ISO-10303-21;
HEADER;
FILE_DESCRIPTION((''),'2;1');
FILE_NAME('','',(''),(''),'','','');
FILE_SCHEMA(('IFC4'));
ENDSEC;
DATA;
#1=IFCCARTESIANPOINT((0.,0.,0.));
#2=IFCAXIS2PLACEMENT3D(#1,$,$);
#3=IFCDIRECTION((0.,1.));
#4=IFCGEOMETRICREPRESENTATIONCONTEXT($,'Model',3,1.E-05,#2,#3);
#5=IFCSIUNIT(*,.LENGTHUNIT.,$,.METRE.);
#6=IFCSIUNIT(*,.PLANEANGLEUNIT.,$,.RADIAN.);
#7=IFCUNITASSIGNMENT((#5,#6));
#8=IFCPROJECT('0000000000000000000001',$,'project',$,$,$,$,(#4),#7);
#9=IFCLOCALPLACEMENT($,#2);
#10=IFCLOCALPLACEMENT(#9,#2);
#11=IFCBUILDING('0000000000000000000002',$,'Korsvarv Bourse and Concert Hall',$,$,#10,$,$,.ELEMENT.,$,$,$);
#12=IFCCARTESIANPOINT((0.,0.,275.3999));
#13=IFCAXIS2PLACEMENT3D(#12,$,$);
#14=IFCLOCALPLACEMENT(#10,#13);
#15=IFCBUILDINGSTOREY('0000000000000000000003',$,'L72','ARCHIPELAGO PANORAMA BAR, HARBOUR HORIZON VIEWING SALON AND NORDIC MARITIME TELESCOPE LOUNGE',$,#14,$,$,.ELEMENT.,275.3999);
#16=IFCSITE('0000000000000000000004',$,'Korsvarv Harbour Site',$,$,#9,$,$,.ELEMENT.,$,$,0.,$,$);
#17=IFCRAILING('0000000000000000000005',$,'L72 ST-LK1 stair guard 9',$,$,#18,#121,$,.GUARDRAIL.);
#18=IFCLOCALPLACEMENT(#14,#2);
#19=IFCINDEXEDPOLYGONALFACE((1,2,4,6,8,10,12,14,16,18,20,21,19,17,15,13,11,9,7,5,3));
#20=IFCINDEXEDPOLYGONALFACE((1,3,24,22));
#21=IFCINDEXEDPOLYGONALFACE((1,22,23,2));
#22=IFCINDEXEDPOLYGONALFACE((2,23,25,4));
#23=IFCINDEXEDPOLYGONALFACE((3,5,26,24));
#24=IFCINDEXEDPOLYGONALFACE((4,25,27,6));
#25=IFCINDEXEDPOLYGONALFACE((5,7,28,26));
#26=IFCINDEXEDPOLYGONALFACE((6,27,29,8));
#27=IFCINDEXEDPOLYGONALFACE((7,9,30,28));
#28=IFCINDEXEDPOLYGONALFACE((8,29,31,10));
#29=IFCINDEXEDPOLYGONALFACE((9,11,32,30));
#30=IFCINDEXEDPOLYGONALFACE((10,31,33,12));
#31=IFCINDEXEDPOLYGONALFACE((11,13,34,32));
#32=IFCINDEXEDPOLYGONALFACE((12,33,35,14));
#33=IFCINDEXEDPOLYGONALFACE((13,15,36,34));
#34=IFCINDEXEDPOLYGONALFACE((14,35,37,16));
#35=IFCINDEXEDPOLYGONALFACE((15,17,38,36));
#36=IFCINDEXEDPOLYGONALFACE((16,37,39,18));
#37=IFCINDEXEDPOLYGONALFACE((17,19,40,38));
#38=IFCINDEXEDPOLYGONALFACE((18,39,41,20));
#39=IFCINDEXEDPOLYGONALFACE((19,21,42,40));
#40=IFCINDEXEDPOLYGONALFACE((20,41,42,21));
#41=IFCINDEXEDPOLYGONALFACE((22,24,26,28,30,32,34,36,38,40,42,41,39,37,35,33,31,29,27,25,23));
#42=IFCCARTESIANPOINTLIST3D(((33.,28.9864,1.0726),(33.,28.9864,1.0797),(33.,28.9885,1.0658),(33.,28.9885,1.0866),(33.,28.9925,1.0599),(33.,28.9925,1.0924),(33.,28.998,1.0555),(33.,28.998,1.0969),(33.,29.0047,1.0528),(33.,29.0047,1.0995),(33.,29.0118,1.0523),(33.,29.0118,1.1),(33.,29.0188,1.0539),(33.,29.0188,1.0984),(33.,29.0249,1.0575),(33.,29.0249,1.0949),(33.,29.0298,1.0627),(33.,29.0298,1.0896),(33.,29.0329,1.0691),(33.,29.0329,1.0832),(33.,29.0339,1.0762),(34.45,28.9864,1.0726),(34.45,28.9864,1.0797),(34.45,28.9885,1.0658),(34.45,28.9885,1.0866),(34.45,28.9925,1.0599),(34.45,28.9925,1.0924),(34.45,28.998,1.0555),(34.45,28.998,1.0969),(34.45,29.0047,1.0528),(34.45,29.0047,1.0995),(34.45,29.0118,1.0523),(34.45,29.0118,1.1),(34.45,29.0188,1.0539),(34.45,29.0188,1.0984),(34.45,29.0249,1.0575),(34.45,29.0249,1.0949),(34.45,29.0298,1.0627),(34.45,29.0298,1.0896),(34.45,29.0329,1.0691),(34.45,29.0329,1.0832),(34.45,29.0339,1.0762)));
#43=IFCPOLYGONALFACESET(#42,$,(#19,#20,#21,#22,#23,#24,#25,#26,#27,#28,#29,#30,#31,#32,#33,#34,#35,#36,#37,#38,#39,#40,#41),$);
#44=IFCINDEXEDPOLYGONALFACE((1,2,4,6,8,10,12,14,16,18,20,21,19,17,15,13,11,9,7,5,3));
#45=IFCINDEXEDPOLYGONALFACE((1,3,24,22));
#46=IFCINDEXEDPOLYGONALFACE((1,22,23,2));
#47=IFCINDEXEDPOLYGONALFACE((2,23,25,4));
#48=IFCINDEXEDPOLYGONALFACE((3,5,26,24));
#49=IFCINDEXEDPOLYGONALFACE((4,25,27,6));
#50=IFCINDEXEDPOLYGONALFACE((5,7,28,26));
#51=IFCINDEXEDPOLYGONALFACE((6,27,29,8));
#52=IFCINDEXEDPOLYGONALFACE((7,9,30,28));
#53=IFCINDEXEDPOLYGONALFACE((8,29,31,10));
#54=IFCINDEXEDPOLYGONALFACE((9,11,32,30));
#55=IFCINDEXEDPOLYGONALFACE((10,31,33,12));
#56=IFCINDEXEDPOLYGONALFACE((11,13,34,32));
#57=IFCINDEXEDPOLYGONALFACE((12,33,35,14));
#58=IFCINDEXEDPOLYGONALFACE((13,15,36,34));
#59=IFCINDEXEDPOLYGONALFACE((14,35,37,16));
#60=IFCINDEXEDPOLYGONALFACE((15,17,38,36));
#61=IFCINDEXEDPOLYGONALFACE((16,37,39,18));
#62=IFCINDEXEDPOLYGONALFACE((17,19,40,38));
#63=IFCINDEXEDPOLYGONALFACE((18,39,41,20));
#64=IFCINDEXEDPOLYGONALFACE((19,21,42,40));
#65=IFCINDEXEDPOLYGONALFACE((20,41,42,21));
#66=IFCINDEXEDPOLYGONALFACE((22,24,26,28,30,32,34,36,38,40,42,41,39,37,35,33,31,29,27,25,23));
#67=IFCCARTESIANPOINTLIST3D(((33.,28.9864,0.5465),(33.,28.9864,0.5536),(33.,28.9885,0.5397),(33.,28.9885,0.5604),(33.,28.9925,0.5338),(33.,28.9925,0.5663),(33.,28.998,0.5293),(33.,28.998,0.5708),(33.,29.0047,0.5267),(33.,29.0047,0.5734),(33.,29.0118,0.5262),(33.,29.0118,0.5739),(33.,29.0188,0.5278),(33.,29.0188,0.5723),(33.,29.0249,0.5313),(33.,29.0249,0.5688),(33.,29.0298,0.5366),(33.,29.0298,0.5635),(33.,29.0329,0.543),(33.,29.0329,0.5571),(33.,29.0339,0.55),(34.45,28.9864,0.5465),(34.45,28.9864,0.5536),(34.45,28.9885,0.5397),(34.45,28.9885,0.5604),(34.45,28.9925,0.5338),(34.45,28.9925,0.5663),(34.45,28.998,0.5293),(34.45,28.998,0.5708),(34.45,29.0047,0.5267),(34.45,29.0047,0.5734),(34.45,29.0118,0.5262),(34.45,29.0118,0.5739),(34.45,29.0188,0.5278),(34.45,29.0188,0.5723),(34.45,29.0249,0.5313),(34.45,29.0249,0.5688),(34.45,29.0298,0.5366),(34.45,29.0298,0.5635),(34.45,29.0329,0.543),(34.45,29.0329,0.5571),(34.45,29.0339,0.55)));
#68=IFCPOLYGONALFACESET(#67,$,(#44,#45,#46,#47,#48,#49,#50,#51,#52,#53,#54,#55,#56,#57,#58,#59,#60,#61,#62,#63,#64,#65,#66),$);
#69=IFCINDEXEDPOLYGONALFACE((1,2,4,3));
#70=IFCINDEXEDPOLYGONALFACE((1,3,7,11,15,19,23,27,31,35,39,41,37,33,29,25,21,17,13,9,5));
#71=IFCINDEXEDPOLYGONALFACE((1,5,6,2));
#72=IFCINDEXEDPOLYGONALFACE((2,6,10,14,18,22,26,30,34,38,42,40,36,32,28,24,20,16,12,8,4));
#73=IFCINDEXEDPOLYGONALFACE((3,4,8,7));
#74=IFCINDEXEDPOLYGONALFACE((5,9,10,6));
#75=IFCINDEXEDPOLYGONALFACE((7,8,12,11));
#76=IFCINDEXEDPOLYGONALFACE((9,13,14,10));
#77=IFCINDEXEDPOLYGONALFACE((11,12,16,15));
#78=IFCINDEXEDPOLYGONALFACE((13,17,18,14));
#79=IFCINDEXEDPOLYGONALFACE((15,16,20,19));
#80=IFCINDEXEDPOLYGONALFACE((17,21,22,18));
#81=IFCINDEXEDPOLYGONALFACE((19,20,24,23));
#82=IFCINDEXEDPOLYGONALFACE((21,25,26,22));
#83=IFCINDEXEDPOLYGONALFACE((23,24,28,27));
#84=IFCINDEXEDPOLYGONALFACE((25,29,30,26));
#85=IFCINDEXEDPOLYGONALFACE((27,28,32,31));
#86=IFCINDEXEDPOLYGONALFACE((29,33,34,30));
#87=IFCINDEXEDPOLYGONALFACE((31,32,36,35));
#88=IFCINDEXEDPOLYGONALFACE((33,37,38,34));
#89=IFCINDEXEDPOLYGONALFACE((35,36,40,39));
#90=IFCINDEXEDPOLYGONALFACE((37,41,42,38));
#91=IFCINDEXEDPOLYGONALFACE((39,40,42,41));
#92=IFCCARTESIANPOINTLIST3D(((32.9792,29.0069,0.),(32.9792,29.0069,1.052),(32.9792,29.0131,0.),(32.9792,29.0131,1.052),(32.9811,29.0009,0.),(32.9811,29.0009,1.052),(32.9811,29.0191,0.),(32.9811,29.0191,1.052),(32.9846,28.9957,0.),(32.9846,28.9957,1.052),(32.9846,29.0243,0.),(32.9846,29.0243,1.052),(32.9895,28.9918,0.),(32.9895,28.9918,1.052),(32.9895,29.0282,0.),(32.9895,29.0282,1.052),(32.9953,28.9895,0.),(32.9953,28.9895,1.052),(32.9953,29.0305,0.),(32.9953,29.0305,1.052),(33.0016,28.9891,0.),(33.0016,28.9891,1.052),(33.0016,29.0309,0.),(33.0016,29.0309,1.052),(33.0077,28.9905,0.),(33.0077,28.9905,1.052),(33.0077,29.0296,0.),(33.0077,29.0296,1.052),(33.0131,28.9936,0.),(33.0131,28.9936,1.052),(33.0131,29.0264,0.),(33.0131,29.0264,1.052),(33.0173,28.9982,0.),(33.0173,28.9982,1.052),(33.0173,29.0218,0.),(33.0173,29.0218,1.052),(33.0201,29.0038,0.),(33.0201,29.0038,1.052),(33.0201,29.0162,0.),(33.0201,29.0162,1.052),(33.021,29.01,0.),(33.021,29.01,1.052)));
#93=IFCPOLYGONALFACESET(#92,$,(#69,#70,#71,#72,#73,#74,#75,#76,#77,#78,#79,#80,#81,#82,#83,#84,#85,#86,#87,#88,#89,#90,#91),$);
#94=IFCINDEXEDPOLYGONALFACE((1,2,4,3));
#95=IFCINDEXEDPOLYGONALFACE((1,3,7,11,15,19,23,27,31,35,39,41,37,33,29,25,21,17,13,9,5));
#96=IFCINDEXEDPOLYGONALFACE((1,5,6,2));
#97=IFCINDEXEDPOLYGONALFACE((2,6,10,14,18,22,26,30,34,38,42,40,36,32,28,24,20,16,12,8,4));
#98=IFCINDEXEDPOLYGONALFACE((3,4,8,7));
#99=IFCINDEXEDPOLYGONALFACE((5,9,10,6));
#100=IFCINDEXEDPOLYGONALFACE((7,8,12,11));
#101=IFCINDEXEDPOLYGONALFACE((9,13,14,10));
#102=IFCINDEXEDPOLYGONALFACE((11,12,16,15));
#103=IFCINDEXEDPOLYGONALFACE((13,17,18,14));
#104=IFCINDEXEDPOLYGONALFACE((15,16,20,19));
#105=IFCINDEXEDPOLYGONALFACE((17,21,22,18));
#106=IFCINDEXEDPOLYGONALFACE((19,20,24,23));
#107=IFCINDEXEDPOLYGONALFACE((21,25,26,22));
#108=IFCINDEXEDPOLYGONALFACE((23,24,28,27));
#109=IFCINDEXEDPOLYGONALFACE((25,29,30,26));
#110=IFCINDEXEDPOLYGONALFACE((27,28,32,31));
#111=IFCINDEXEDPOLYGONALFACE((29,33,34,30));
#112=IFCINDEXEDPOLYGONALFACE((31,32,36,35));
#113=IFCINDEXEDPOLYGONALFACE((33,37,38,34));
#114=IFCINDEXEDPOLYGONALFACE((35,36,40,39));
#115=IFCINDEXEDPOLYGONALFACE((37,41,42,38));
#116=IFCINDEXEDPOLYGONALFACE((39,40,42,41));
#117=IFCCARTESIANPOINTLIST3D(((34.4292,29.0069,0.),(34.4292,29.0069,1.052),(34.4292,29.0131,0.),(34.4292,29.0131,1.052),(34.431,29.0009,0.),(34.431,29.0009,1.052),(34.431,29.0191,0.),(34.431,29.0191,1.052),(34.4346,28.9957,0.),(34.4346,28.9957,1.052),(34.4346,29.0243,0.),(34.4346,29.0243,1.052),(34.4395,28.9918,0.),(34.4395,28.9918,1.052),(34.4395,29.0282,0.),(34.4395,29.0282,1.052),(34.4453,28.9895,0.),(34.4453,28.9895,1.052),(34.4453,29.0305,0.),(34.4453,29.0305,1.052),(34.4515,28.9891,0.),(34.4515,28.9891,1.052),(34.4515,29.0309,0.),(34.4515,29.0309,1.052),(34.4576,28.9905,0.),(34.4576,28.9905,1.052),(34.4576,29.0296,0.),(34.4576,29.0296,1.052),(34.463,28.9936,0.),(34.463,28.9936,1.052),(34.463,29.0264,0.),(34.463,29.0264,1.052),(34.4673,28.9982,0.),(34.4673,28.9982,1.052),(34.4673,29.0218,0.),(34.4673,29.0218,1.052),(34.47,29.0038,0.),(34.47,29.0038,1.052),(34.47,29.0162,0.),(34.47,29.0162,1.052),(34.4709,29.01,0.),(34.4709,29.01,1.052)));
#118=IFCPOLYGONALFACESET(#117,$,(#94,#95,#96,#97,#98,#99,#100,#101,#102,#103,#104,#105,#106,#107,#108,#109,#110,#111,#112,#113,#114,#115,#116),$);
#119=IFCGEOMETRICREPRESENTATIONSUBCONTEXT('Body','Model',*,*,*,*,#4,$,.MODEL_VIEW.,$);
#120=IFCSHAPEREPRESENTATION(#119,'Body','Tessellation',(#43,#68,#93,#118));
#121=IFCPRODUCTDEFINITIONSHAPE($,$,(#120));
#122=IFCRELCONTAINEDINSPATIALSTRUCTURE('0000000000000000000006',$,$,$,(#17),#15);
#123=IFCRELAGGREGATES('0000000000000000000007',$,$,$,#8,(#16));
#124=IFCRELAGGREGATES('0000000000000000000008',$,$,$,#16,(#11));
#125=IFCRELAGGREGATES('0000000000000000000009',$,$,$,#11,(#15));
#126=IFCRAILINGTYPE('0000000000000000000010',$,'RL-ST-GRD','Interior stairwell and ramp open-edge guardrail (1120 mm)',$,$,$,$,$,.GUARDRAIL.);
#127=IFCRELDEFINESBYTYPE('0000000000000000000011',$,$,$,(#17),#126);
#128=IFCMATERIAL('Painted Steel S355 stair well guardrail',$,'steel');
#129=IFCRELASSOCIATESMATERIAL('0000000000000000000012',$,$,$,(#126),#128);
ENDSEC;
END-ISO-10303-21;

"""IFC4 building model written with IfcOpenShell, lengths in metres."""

from ifc_helpers import new_model, si_unit, direction, frame, origin, origin_2d, place, context, subcontext, project, spatial, circle, extrude, material, type_object, element, save


model = new_model("IFC4")

# Units and contexts
model_context = context("Model", 3, precision=1e-05, world=origin(), true_north=direction((0.0, 1.0)))
body_context = subcontext(model_context, "Body", "Model", "MODEL_VIEW")
ifc_project = project(units=[si_unit("LENGTHUNIT", "METRE"), si_unit("PLANEANGLEUNIT", "RADIAN")], contexts=[model_context])

# Site, building, storey
site_placement = place(None, origin())
site = spatial("IfcSite", under=ifc_project, at=site_placement, Name="Korsvarv Harbour Site", CompositionType="ELEMENT", RefElevation=0.0)
building_placement = place(site_placement, origin())
building = spatial("IfcBuilding", under=site, at=building_placement, Name="Korsvarv Bourse and Concert Hall", CompositionType="ELEMENT")
storey_placement = place(building_placement, frame((0.0, 0.0, 275.3999)))
storey = spatial("IfcBuildingStorey", under=building, at=storey_placement, Name="L72", Description="ARCHIPELAGO PANORAMA BAR, HARBOUR HORIZON VIEWING SALON AND NORDIC MARITIME TELESCOPE LOUNGE", CompositionType="ELEMENT", Elevation=275.3999)

# Railing
ifc_material_1 = material(Name="Painted Steel S355 stair well guardrail", Category="steel")
railing_type_1 = type_object("IfcRailingType", Name="RL-ST-GRD", Description="Interior stairwell and ramp open-edge guardrail (1120 mm)", PredefinedType="GUARDRAIL", material=ifc_material_1)
for number, where, name in (
    (1, (33.0, 29.01, 0.0), "L72 ST-LK1 stair guard 9"),
):
    element("IfcRailing", number, at=place(storey_placement, frame(where)), inside=storey, type_object=railing_type_1, Name=name, PredefinedType="GUARDRAIL", context=body_context, shape_type="SweptSolid", body=[
        extrude(circle(Radius=0.0239, at=origin_2d()), frame((0.0, 0.0, 1.0762), z_axis=(1.0, 0.0, 0.0), x_axis=(0.0, 1.0, 0.0)), (0.0, 0.0, 1.0), 1.45),
        extrude(circle(Radius=0.0239, at=origin_2d()), frame((0.0, 0.0, 0.55), z_axis=(1.0, 0.0, 0.0), x_axis=(0.0, 1.0, 0.0)), (0.0, 0.0, 1.0), 1.45),
        extrude(circle(Radius=0.021, at=origin_2d()), origin(), (0.0, 0.0, 1.0), 1.052),
        extrude(circle(Radius=0.021, at=origin_2d()), frame((1.45, 0.0, 0.0)), (0.0, 0.0, 1.0), 1.052),
    ])

save(model, "model.ifc")
